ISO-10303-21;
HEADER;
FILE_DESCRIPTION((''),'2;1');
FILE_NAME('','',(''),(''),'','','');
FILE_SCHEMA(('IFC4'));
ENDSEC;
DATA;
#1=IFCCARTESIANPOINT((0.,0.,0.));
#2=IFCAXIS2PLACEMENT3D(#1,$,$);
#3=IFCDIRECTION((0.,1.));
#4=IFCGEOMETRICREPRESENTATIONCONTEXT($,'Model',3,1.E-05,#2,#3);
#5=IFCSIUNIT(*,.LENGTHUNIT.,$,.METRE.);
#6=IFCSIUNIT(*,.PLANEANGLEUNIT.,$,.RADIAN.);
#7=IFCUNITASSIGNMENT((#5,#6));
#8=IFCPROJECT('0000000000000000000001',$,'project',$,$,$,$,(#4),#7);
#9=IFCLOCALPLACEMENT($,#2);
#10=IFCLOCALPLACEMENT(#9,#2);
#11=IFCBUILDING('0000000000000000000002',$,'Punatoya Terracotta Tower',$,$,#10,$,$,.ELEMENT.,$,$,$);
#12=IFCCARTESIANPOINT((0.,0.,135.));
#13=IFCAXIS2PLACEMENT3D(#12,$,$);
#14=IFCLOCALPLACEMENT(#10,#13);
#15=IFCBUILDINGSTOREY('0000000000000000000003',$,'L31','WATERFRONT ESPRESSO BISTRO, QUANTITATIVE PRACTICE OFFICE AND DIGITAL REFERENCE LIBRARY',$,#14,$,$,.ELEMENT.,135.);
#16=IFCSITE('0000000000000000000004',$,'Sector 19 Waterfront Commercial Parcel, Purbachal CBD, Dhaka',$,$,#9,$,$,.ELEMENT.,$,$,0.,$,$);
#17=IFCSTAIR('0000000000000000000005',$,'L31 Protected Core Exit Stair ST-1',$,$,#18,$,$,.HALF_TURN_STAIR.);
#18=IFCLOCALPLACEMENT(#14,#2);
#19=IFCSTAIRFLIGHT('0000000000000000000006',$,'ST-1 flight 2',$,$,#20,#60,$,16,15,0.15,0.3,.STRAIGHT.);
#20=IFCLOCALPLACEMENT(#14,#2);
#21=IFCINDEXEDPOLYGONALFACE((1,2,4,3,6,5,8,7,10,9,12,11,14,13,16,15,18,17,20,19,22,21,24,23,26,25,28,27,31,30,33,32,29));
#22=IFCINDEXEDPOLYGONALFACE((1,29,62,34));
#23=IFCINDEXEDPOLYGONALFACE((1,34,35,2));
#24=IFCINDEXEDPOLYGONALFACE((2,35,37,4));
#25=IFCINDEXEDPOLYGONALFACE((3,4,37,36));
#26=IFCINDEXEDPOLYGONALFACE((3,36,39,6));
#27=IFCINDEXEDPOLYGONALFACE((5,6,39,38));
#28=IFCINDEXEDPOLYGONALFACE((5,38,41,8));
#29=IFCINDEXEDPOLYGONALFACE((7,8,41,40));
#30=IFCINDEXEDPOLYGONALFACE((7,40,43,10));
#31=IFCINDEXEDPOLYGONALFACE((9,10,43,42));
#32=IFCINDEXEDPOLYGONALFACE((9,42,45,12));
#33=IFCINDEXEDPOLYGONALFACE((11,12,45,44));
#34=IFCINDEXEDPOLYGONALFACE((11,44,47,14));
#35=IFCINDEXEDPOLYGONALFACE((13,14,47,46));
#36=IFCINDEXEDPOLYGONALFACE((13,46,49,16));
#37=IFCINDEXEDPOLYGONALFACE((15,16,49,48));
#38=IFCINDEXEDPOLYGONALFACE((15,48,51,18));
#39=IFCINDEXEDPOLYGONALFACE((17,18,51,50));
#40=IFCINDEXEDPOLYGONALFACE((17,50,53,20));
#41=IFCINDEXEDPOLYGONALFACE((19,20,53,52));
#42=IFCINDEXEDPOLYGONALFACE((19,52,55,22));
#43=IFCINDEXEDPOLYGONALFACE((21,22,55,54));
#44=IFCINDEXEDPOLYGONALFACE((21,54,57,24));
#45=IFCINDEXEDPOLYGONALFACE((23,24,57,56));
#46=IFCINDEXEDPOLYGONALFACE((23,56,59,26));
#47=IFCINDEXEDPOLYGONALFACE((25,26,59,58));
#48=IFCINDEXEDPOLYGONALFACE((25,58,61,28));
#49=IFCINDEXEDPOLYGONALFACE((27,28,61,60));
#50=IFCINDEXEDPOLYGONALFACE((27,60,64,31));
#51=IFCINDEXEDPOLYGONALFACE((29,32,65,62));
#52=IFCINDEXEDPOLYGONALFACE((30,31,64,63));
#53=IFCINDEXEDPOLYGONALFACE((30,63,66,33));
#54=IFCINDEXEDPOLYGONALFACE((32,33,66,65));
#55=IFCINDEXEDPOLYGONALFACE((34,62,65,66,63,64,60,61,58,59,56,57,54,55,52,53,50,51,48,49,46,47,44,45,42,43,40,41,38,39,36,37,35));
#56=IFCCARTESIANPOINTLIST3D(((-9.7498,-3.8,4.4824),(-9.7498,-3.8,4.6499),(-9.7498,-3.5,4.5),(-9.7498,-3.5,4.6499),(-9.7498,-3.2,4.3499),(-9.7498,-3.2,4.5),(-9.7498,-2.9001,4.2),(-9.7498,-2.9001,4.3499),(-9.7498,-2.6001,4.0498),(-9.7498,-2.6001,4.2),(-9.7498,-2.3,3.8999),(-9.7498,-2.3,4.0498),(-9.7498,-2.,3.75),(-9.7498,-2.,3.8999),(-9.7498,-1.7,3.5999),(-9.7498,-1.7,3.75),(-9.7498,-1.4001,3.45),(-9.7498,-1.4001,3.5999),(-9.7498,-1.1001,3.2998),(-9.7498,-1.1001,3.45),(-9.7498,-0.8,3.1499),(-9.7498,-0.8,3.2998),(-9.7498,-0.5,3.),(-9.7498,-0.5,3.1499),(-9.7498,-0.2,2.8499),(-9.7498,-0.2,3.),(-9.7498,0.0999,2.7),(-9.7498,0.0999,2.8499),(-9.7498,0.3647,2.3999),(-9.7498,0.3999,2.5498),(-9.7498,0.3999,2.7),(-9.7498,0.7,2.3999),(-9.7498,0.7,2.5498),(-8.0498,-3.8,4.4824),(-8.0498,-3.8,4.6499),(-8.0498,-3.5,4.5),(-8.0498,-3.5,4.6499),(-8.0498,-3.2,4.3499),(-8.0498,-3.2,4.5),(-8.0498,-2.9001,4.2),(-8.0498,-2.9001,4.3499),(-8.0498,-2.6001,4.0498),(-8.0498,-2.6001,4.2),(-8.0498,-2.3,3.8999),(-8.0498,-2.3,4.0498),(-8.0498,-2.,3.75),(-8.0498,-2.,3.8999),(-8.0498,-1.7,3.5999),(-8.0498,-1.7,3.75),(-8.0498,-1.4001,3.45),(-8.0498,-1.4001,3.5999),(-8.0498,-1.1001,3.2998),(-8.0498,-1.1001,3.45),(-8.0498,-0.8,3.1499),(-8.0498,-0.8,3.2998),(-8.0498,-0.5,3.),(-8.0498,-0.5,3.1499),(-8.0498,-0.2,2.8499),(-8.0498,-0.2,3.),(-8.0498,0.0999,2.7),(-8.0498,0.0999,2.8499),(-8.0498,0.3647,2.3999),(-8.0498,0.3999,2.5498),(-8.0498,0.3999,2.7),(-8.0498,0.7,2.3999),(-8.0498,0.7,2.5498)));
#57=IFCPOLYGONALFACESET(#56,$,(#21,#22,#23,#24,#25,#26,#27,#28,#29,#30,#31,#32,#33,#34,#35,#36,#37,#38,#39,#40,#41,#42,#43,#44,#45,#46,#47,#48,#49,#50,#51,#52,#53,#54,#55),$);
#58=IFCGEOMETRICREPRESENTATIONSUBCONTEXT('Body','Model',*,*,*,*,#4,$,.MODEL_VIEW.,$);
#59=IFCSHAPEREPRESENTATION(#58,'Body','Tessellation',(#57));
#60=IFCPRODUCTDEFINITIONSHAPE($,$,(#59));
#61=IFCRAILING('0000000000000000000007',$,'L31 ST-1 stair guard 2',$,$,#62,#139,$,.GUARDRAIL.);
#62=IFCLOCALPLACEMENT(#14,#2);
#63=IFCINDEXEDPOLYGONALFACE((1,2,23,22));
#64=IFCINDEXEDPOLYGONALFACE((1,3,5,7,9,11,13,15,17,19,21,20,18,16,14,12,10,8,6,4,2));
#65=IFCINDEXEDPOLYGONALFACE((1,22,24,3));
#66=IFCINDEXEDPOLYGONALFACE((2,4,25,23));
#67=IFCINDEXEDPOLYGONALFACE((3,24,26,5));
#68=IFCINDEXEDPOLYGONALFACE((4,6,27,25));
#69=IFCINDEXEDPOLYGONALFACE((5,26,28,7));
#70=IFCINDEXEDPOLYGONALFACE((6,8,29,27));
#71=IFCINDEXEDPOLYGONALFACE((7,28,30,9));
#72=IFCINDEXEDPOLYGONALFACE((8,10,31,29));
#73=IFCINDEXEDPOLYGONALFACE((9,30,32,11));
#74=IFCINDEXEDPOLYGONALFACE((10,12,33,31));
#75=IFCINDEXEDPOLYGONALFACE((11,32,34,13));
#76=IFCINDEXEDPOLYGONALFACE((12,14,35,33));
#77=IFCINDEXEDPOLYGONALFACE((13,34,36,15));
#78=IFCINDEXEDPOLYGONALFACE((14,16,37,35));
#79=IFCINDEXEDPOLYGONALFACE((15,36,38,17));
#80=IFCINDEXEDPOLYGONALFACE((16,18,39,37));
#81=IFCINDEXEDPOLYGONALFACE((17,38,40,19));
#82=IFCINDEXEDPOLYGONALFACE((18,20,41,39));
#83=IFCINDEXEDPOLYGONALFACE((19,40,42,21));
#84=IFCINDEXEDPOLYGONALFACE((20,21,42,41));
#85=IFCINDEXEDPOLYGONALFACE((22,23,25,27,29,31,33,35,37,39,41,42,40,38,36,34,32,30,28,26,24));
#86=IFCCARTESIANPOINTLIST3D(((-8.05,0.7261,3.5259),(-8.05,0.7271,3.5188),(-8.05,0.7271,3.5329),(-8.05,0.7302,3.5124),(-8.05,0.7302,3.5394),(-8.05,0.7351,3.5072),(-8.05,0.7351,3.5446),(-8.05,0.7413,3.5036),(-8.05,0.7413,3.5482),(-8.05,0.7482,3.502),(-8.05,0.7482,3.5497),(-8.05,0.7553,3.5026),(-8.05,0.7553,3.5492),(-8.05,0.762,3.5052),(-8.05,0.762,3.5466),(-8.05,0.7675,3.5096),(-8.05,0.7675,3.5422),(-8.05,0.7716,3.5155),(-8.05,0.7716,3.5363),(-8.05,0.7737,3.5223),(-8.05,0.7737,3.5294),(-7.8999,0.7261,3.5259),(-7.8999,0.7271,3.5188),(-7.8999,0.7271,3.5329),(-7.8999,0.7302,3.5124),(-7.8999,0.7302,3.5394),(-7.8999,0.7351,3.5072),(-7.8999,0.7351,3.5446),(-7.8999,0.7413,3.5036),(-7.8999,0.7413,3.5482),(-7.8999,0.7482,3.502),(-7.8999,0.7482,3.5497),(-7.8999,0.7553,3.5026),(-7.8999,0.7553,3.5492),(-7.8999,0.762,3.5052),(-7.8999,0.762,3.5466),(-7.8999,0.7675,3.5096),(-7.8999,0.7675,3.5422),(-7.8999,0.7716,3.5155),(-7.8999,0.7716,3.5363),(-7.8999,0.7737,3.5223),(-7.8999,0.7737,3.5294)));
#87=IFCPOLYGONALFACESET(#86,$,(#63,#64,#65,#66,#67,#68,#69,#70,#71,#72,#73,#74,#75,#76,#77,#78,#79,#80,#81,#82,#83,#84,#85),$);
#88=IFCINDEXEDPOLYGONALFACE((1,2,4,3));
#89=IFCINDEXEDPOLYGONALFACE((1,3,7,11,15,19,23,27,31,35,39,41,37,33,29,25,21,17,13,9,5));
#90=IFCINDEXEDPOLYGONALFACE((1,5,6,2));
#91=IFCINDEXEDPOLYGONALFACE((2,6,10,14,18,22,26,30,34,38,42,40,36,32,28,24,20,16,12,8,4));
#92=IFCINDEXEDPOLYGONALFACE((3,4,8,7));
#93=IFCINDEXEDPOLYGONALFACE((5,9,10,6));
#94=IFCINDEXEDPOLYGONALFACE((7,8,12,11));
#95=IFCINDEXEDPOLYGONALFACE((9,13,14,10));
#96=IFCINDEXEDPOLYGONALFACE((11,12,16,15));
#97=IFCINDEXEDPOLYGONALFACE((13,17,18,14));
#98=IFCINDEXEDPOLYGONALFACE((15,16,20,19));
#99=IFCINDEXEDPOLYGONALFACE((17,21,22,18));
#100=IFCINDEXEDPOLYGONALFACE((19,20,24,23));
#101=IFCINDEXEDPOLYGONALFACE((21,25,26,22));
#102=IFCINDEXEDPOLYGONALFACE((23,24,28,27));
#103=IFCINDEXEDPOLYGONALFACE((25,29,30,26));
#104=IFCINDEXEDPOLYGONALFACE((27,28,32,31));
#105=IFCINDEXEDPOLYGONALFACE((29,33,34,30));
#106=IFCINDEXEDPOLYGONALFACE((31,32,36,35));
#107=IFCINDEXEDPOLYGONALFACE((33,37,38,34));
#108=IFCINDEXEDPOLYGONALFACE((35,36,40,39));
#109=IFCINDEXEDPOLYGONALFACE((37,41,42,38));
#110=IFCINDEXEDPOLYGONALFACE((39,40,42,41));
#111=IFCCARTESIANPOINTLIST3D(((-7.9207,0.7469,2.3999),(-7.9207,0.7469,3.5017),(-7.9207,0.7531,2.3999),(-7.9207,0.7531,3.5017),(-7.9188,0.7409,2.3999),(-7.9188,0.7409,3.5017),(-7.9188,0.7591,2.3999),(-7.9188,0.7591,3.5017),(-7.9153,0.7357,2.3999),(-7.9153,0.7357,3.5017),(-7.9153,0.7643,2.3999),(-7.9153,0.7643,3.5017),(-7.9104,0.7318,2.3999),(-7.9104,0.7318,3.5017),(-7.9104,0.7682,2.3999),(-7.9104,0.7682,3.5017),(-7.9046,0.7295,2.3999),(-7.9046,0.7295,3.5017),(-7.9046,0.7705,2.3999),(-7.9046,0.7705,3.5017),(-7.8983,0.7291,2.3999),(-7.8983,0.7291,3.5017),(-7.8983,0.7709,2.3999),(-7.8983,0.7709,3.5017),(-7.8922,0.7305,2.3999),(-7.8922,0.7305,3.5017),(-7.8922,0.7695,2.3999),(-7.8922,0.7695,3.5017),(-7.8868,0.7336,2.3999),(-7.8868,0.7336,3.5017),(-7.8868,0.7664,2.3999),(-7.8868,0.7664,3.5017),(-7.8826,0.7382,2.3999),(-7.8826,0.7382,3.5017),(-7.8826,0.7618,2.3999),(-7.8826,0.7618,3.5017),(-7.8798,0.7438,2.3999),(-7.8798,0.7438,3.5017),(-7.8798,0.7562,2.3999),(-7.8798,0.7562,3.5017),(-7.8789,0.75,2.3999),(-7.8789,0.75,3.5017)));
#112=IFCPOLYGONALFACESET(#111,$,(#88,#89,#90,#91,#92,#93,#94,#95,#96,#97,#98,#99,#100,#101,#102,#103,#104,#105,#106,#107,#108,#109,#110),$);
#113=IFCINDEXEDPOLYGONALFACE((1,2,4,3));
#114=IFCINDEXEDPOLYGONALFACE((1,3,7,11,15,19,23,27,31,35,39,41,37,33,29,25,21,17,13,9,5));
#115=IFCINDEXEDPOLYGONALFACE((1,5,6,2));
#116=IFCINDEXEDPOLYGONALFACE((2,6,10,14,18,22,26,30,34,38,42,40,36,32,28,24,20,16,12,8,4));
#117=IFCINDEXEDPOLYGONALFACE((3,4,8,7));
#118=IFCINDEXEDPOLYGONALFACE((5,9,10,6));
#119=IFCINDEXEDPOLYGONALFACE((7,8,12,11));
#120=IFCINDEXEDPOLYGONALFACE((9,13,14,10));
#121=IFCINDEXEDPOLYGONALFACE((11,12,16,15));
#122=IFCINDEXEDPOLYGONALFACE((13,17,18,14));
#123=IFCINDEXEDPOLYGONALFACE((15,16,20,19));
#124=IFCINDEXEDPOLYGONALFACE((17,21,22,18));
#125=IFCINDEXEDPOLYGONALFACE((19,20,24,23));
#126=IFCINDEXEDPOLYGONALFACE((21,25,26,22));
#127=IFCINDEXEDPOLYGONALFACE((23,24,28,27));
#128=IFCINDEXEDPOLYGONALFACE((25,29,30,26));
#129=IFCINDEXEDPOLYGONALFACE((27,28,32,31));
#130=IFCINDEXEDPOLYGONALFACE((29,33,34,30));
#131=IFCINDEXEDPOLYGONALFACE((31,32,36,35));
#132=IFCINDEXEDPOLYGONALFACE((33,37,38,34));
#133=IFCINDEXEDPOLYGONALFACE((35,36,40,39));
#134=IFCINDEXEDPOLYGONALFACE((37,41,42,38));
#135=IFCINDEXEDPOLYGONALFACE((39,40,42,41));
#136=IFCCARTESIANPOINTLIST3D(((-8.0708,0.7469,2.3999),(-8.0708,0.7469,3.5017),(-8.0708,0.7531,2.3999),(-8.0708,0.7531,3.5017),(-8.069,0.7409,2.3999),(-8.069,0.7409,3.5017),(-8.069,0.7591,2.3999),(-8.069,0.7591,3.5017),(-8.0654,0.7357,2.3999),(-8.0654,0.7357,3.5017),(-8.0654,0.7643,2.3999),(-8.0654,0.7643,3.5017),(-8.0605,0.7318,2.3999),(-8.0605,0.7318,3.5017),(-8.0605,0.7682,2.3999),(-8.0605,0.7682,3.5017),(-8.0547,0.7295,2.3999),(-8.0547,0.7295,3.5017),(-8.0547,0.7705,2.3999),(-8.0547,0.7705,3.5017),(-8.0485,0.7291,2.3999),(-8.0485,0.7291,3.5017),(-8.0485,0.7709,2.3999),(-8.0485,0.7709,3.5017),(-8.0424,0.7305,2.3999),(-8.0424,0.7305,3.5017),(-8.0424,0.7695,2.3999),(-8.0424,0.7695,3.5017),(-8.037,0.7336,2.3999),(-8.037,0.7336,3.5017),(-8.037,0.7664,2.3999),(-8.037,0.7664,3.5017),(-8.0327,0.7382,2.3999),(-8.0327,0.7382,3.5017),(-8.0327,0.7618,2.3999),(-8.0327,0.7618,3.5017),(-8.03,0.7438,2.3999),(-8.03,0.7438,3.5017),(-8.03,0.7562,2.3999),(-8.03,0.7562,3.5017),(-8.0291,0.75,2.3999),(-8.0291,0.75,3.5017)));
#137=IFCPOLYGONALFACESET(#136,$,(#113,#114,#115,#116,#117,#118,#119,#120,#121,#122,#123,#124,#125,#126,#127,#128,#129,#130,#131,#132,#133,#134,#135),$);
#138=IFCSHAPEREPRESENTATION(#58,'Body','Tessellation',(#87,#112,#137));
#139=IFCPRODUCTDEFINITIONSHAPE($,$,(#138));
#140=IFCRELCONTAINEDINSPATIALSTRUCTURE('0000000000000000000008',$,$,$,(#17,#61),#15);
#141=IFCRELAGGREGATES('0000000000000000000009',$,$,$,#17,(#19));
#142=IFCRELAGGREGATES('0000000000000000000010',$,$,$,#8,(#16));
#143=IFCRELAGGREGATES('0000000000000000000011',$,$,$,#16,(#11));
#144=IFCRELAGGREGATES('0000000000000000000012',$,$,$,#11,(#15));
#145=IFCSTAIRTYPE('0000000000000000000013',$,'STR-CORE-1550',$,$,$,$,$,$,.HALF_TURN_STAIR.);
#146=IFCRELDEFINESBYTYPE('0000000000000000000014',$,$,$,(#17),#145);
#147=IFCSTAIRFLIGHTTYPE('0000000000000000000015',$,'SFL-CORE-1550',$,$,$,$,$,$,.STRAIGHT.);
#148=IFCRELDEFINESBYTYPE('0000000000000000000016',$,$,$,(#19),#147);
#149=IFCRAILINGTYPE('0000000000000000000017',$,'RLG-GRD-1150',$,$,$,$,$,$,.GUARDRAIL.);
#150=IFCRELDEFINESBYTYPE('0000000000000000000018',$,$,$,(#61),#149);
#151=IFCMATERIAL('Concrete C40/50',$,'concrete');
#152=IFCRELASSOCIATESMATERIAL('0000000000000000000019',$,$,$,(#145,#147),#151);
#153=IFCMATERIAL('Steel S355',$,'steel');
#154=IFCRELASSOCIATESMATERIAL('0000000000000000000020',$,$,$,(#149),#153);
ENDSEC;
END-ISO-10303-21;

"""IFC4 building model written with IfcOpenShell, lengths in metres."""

from ifc_helpers import new_model, si_unit, direction, frame, origin, origin_2d, place, context, subcontext, project, spatial, polyline, circle, outline, extrude, material, type_object, element, aggregate, save


model = new_model("IFC4")

# Units and contexts
model_context = context("Model", 3, precision=1e-05, world=origin(), true_north=direction((0.0, 1.0)))
body_context = subcontext(model_context, "Body", "Model", "MODEL_VIEW")
ifc_project = project(units=[si_unit("LENGTHUNIT", "METRE"), si_unit("PLANEANGLEUNIT", "RADIAN")], contexts=[model_context])

# Site, building, storey
site_placement = place(None, origin())
site = spatial("IfcSite", under=ifc_project, at=site_placement, Name="Sector 19 Waterfront Commercial Parcel, Purbachal CBD, Dhaka", CompositionType="ELEMENT", RefElevation=0.0)
building_placement = place(site_placement, origin())
building = spatial("IfcBuilding", under=site, at=building_placement, Name="Punatoya Terracotta Tower", CompositionType="ELEMENT")
storey_placement = place(building_placement, frame((0.0, 0.0, 135.0)))
storey = spatial("IfcBuildingStorey", under=building, at=storey_placement, Name="L31", Description="WATERFRONT ESPRESSO BISTRO, QUANTITATIVE PRACTICE OFFICE AND DIGITAL REFERENCE LIBRARY", CompositionType="ELEMENT", Elevation=135.0)

# Shared definitions
ifc_material_1 = material(Name="Steel S355", Category="steel")

# Shared definitions
ifc_material_2 = material(Name="Concrete C40/50", Category="concrete")

# Stair, stair flight
stair_type = type_object("IfcStairType", Name="STR-CORE-1550", PredefinedType="HALF_TURN_STAIR", material=ifc_material_2)
stair_placement = place(storey_placement, origin())
stair = element("IfcStair", 1, at=stair_placement, inside=storey, type_object=stair_type, Name="L31 Protected Core Exit Stair ST-1", PredefinedType="HALF_TURN_STAIR")
stair_flight_type = type_object("IfcStairFlightType", Name="SFL-CORE-1550", PredefinedType="STRAIGHT", material=ifc_material_2)
stair_flight_placement = place(storey_placement, frame((-8.8999, 0.7, 2.3999), z_axis=(0.0, 0.0, 1.0), x_axis=(0.0, -1.0, 0.0)))
stair_flight = element("IfcStairFlight", 2, at=stair_flight_placement, type_object=stair_flight_type, Name="ST-1 flight 2", NumberOfRisers=16, NumberOfTreads=15, PredefinedType="STRAIGHT", RiserHeight=0.15, TreadLength=0.3, context=body_context, shape_type="SweptSolid", body=[
    extrude(outline(polyline([(0.0, 0.0), (0.0, 0.1499), (0.3, 0.1499), (0.3, 0.3), (0.6001, 0.3), (0.6001, 0.45), (0.8999, 0.45), (0.8999, 0.6001), (1.2, 0.6001), (1.2, 0.75), (1.5, 0.75), (1.5, 0.8999), (1.8, 0.8999), (1.8, 1.05), (2.1001, 1.05), (2.1001, 1.2), (2.3999, 1.2), (2.3999, 1.3501), (2.7, 1.3501), (2.7, 1.5), (3.0, 1.5), (3.0, 1.6499), (3.3, 1.6499), (3.3, 1.8), (3.6001, 1.8), (3.6001, 1.95), (3.8999, 1.95), (3.8999, 2.1001), (4.2, 2.1001), (4.2, 2.25), (4.5, 2.25), (4.5, 2.3999), (4.5, 2.0825), (0.3352, 0.0), (0.0, 0.0)])), frame((0.0, 0.8501, 0.0), z_axis=(0.0, -1.0, 0.0), x_axis=(1.0, 0.0, 0.0)), (0.0, 0.0, 1.0), 1.7),
])
aggregate(stair, [stair_flight])

# Railing
railing_type_1 = type_object("IfcRailingType", Name="RLG-GRD-1150", PredefinedType="GUARDRAIL", material=ifc_material_1)
railing_1_placement = place(storey_placement, frame((-7.8999, 0.75, 2.3999)))
element("IfcRailing", 3, at=railing_1_placement, inside=storey, type_object=railing_type_1, Name="L31 ST-1 stair guard 2", PredefinedType="GUARDRAIL", context=body_context, shape_type="SweptSolid", body=[
    extrude(circle(Radius=0.0239, at=origin_2d()), frame((0.0, 0.0, 1.126), z_axis=(-1.0, 0.0, 0.0), x_axis=(0.0, -1.0, 0.0)), (0.0, 0.0, 1.0), 0.1501),
    extrude(circle(Radius=0.021, at=origin_2d()), origin(), (0.0, 0.0, 1.0), 1.1018),
    extrude(circle(Radius=0.021, at=origin_2d()), frame((-0.1501, 0.0, 0.0)), (0.0, 0.0, 1.0), 1.1018),
])

save(model, "model.ifc")
